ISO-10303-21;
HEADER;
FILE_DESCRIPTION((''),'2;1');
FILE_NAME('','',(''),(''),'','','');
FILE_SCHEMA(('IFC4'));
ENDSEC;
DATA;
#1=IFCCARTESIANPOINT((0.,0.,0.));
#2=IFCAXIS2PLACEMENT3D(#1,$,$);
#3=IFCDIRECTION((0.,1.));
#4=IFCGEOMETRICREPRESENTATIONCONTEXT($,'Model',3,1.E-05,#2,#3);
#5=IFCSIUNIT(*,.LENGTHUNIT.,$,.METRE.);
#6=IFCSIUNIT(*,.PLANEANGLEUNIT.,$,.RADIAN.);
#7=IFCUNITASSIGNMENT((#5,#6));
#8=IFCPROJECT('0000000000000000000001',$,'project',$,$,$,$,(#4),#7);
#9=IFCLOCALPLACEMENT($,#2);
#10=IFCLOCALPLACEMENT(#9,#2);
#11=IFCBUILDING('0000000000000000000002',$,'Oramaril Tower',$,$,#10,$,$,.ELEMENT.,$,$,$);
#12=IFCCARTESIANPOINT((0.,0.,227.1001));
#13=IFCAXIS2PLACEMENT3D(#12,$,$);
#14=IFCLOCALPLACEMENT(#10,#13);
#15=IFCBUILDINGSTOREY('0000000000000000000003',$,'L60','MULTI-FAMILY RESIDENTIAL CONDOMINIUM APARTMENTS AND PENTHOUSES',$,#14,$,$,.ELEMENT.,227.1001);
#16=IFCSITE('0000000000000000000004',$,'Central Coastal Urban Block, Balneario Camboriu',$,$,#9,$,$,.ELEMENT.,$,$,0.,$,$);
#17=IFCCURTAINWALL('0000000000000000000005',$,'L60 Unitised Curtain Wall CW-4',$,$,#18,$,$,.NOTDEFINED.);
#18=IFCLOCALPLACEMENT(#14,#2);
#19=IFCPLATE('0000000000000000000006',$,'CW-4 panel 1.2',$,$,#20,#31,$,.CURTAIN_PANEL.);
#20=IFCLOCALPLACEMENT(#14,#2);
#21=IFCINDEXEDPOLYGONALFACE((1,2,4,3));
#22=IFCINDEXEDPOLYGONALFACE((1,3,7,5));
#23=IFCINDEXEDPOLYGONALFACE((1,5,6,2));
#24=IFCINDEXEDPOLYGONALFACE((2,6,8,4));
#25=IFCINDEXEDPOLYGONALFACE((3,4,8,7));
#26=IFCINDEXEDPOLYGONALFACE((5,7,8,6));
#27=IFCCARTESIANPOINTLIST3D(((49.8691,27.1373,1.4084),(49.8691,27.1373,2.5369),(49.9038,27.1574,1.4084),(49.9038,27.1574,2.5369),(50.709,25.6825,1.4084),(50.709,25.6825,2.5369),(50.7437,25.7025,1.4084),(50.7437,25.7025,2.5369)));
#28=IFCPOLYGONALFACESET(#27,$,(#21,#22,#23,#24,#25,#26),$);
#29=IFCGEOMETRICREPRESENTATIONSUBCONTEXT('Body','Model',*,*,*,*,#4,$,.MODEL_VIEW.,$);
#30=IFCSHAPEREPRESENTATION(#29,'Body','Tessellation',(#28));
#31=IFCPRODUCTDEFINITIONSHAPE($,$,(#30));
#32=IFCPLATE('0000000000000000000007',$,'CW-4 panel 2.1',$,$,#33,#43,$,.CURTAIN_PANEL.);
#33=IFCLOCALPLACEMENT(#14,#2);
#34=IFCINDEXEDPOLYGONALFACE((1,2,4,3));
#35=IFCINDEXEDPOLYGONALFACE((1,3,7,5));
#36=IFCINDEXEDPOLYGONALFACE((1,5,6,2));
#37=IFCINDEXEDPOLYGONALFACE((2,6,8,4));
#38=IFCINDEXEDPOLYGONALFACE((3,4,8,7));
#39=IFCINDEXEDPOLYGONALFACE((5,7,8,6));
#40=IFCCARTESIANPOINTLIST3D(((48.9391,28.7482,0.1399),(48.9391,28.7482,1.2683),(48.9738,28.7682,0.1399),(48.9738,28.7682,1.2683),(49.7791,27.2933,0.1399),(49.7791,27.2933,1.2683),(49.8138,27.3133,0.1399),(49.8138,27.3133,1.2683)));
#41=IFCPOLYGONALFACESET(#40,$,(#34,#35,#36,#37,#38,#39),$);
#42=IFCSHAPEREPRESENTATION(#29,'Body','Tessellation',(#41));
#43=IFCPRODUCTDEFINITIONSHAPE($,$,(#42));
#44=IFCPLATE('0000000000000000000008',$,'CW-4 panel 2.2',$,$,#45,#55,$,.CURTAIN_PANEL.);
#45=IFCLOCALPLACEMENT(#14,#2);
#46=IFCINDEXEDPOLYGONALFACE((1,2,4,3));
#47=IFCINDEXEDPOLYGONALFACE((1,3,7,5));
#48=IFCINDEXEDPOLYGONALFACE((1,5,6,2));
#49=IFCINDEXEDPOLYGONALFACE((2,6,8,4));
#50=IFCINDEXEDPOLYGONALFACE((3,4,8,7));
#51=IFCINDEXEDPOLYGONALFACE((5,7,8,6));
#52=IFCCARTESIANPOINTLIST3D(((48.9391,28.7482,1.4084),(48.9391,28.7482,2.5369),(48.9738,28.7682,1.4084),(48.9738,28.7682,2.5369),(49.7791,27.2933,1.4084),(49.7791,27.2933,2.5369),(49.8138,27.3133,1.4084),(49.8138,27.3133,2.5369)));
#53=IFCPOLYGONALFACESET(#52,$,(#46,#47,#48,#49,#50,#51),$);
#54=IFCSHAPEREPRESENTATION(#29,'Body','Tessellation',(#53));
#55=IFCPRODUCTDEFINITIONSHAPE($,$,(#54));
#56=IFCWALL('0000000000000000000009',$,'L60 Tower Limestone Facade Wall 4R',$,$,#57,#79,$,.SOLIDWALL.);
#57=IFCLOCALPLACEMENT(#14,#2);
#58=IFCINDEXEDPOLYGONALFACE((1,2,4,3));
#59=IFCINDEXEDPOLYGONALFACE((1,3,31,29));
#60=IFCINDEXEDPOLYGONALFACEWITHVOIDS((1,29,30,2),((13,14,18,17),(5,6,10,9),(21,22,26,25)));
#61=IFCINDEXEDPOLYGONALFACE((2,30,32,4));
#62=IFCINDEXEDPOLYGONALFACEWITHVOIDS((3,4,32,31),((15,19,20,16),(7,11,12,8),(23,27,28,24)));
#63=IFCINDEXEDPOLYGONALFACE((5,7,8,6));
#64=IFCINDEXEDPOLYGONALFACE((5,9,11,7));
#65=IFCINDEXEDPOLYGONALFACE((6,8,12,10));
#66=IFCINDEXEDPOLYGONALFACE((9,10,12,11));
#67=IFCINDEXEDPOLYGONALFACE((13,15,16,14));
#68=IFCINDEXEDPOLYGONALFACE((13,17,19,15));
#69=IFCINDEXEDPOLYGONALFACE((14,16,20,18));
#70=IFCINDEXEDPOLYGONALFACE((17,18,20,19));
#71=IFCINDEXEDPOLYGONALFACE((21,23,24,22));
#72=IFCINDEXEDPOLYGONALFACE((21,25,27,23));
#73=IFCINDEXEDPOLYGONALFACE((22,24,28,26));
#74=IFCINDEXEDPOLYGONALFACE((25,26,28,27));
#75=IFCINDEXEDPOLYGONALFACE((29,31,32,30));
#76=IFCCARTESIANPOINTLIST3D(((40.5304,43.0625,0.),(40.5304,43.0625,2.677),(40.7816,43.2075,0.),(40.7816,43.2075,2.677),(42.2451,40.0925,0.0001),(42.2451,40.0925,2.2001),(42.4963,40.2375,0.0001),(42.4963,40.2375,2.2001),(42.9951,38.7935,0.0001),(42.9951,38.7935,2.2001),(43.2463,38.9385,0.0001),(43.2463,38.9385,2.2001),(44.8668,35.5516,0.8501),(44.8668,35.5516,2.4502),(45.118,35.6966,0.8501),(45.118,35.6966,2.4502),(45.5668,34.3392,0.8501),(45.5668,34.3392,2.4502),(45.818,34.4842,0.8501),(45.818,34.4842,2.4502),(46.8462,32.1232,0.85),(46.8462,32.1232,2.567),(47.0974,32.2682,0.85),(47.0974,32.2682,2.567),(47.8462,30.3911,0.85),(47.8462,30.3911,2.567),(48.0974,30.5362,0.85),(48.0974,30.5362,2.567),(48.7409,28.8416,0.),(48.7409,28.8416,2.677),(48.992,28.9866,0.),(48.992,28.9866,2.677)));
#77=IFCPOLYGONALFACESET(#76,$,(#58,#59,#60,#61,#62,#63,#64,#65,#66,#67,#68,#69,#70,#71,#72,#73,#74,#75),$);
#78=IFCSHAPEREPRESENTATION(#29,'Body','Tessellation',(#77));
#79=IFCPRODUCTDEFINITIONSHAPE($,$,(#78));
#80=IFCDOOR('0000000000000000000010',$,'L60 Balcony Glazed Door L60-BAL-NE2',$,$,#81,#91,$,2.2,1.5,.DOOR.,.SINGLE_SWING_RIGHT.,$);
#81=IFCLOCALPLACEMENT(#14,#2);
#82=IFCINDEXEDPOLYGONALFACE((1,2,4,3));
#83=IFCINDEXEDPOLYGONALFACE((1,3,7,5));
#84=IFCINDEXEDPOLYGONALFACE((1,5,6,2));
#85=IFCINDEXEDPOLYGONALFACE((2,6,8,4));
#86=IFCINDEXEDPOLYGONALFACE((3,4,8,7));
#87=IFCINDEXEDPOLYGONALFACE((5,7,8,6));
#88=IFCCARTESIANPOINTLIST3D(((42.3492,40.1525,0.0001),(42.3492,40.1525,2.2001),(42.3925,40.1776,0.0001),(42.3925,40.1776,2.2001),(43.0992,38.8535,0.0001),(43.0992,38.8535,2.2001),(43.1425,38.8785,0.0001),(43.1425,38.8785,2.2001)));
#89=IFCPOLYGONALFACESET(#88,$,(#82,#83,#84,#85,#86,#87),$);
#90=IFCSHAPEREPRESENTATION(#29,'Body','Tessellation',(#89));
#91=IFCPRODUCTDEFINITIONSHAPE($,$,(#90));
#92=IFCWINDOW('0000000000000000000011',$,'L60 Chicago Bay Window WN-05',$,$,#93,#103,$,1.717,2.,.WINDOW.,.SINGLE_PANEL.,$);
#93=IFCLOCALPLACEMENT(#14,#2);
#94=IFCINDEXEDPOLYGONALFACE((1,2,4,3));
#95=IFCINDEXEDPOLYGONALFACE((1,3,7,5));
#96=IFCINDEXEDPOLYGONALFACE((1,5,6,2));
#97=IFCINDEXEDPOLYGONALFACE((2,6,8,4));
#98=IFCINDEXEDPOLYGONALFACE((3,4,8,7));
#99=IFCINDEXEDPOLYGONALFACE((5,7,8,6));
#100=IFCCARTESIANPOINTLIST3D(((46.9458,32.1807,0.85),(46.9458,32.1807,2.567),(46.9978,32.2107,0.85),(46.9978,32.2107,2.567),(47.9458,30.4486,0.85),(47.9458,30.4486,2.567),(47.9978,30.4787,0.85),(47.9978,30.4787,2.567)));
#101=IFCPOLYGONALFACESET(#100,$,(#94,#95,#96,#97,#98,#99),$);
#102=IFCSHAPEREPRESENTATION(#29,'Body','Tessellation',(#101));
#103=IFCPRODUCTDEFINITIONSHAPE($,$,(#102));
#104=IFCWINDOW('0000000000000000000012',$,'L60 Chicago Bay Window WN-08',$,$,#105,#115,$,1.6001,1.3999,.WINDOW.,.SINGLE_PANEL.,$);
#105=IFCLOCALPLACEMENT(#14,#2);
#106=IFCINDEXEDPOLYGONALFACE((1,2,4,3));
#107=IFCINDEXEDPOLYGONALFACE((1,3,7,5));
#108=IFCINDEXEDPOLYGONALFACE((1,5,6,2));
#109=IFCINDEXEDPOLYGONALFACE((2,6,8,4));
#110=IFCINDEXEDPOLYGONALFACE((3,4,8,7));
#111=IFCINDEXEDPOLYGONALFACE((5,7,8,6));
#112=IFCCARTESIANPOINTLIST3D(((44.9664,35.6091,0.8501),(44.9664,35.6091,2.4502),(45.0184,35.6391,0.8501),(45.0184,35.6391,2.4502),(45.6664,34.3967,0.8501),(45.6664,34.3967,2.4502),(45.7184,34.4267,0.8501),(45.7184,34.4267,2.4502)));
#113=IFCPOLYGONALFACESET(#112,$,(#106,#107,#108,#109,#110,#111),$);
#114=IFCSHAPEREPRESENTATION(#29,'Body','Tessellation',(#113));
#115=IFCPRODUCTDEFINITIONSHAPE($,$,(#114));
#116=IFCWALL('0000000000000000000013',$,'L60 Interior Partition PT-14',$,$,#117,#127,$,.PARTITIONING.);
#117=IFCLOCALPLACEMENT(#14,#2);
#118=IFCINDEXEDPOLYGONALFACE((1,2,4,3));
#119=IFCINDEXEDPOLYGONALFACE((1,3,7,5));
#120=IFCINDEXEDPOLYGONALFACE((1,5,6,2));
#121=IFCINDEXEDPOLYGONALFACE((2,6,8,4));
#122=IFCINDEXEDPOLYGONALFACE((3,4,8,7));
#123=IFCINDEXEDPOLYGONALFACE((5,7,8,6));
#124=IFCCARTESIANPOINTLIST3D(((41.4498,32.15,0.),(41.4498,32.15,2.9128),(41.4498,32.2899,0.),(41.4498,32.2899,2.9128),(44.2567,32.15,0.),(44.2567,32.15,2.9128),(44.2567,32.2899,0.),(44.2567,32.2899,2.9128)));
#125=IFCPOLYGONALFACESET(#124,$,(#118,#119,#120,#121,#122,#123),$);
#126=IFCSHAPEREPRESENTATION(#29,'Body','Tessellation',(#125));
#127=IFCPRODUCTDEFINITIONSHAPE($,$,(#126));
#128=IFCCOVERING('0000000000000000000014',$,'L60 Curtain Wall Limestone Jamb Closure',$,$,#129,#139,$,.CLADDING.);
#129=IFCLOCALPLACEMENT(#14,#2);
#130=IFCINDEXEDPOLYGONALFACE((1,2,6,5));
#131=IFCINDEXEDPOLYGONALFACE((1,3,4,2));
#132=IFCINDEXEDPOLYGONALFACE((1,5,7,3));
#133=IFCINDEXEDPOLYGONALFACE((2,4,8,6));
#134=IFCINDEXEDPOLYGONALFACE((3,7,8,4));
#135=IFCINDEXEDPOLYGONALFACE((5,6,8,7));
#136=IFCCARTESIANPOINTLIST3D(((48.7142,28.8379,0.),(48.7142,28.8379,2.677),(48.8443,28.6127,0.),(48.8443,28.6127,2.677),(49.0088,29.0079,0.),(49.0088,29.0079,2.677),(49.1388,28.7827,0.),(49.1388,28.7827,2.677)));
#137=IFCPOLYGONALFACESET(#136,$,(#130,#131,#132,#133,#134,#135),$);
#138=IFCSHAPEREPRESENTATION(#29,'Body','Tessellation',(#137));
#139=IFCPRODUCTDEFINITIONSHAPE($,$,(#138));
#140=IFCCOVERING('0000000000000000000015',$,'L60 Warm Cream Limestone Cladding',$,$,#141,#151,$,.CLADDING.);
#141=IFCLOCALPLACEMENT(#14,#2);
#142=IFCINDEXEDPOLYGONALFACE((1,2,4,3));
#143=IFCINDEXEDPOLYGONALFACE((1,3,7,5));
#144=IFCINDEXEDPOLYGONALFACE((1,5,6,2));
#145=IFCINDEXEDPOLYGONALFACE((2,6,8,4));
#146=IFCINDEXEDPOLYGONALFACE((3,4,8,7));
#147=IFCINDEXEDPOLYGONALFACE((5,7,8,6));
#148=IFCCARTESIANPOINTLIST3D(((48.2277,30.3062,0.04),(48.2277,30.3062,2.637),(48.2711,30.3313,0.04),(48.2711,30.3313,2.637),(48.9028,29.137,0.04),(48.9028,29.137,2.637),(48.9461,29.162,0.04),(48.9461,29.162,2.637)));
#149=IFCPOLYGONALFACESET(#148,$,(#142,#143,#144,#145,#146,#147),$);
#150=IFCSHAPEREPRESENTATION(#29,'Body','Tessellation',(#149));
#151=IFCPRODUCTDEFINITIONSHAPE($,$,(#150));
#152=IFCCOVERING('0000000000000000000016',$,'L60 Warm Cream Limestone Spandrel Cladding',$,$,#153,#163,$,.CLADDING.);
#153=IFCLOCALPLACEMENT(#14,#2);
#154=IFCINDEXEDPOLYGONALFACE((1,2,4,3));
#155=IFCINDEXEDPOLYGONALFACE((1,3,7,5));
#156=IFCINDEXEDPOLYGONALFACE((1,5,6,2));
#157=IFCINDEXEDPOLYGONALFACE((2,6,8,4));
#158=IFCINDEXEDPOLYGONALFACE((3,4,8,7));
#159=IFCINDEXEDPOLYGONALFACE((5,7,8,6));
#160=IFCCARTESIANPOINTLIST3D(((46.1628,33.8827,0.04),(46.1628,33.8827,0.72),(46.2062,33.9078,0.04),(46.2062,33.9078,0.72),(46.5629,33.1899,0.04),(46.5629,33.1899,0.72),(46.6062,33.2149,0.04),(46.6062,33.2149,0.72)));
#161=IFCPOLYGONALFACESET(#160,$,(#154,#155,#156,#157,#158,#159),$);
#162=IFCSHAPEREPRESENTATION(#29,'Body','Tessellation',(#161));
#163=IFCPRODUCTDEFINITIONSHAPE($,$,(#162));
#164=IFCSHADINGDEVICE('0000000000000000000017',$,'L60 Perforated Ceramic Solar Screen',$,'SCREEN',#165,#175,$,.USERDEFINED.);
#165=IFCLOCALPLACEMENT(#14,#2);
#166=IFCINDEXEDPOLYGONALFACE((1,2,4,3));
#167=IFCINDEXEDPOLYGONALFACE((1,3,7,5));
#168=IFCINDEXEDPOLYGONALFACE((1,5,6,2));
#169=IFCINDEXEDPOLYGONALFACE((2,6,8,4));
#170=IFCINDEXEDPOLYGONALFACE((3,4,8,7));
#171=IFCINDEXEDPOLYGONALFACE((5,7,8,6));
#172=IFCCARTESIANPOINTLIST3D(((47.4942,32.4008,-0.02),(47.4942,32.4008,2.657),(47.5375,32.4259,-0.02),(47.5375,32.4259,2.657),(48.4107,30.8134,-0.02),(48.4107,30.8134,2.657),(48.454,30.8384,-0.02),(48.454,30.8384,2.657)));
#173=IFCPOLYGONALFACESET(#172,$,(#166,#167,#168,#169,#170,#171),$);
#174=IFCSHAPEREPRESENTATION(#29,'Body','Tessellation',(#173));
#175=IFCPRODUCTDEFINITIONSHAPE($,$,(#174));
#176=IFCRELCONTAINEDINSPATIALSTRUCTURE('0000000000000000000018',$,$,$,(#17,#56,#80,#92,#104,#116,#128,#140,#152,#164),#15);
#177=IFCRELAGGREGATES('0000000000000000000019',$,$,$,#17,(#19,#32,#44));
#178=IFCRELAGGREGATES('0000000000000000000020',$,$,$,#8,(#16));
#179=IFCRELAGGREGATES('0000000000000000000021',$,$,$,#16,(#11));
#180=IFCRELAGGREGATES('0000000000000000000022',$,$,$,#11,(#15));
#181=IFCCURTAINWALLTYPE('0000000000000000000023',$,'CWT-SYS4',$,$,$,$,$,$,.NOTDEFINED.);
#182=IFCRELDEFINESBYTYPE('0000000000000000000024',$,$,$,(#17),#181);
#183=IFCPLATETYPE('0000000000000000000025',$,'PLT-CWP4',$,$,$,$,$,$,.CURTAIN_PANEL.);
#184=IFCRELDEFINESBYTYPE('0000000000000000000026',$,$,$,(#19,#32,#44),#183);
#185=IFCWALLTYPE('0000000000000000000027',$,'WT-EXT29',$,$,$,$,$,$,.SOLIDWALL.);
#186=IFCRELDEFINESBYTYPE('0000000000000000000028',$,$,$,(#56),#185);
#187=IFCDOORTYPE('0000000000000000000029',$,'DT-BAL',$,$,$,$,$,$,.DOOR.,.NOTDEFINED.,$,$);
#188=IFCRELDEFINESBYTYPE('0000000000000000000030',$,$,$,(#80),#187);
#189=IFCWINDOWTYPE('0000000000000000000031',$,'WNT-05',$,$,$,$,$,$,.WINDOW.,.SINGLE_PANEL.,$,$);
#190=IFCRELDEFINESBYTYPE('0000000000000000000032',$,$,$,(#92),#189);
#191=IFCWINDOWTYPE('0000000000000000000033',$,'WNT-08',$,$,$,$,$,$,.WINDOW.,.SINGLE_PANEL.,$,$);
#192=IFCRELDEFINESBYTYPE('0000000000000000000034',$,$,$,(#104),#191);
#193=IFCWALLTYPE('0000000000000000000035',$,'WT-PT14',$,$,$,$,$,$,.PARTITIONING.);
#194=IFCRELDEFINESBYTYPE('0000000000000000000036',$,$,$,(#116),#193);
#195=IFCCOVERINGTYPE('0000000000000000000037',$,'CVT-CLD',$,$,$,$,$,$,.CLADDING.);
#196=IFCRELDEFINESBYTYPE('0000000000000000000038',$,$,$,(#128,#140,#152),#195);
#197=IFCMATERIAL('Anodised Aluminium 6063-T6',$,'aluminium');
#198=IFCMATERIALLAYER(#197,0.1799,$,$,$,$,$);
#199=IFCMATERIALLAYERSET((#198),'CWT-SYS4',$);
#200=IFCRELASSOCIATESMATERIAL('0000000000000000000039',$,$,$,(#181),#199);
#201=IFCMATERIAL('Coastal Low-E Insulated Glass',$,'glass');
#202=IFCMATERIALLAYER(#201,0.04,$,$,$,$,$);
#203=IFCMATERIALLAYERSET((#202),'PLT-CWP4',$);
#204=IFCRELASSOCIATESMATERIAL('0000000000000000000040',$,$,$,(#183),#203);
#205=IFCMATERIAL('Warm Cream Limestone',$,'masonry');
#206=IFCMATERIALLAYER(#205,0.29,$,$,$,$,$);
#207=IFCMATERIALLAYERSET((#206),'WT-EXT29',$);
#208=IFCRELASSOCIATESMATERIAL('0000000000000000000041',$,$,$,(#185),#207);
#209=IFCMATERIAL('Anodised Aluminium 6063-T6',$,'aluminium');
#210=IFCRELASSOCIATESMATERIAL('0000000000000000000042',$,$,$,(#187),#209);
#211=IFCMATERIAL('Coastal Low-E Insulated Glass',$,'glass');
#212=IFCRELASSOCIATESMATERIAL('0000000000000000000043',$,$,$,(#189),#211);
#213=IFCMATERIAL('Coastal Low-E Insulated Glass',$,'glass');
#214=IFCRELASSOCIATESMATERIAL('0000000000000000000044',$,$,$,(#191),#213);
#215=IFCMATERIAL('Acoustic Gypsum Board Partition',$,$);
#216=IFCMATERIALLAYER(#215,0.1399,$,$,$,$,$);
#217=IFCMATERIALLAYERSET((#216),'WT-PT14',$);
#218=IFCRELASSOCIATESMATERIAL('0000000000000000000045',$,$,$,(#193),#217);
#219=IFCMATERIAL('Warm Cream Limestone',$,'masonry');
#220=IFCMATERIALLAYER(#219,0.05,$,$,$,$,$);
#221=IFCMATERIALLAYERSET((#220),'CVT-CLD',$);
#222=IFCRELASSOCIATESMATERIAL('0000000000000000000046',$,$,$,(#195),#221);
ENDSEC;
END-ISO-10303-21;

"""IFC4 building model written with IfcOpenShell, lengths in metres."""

from ifc_helpers import new_model, si_unit, direction, frame, frame_2d, origin, origin_2d, place, context, subcontext, project, spatial, rectangle, extrude, material, layer, layer_set, type_object, element, fill, aggregate, save


model = new_model("IFC4")

# Units and contexts
model_context = context("Model", 3, precision=1e-05, world=origin(), true_north=direction((0.0, 1.0)))
body_context = subcontext(model_context, "Body", "Model", "MODEL_VIEW")
ifc_project = project(units=[si_unit("LENGTHUNIT", "METRE"), si_unit("PLANEANGLEUNIT", "RADIAN")], contexts=[model_context])

# Site, building, storey
site_placement = place(None, origin())
site = spatial("IfcSite", under=ifc_project, at=site_placement, Name="Central Coastal Urban Block, Balneario Camboriu", CompositionType="ELEMENT", RefElevation=0.0)
building_placement = place(site_placement, origin())
building = spatial("IfcBuilding", under=site, at=building_placement, Name="Oramaril Tower", CompositionType="ELEMENT")
storey_placement = place(building_placement, frame((0.0, 0.0, 227.1001)))
storey = spatial("IfcBuildingStorey", under=building, at=storey_placement, Name="L60", Description="MULTI-FAMILY RESIDENTIAL CONDOMINIUM APARTMENTS AND PENTHOUSES", CompositionType="ELEMENT", Elevation=227.1001)

# Curtain wall, plates
ifc_material_1 = material(Name="Anodised Aluminium 6063-T6", Category="aluminium")
ifc_layer_1 = layer(ifc_material_1, 0.1799)
ifc_layer_set_1 = layer_set([ifc_layer_1], Name="CWT-SYS4")
curtain_wall_type = type_object("IfcCurtainWallType", Name="CWT-SYS4", PredefinedType="NOTDEFINED", material=ifc_layer_set_1)
curtain_wall_placement = place(storey_placement, origin())
curtain_wall = element("IfcCurtainWall", 1, at=curtain_wall_placement, inside=storey, type_object=curtain_wall_type, Name="L60 Unitised Curtain Wall CW-4", PredefinedType="NOTDEFINED")
ifc_material_2 = material(Name="Coastal Low-E Insulated Glass", Category="glass")
ifc_layer_2 = layer(ifc_material_2, 0.04)
ifc_layer_set_2 = layer_set([ifc_layer_2], Name="PLT-CWP4")
plate_type = type_object("IfcPlateType", Name="PLT-CWP4", PredefinedType="CURTAIN_PANEL", material=ifc_layer_set_2)
plate_1_placement = place(storey_placement, frame((50.3064, 26.4199, 1.4084), z_axis=(0.0, 0.0, 1.0), x_axis=(-0.5, 0.866025, 0.0)))
plate_1 = element("IfcPlate", 2, at=plate_1_placement, type_object=plate_type, Name="CW-4 panel 1.2", PredefinedType="CURTAIN_PANEL", context=body_context, shape_type="SweptSolid", body=[
    extrude(rectangle(XDim=1.6799, YDim=0.04, at=origin_2d()), origin(), (0.0, 0.0, 1.0), 1.1284),
])
plate_2_placement = place(storey_placement, frame((49.3765, 28.0308, 0.1399), z_axis=(0.0, 0.0, 1.0), x_axis=(-0.5, 0.866025, 0.0)))
plate_2 = element("IfcPlate", 3, at=plate_2_placement, type_object=plate_type, Name="CW-4 panel 2.1", PredefinedType="CURTAIN_PANEL", context=body_context, shape_type="SweptSolid", body=[
    extrude(rectangle(XDim=1.6799, YDim=0.04, at=origin_2d()), origin(), (0.0, 0.0, 1.0), 1.1284),
])
plate_3_placement = place(storey_placement, frame((49.3765, 28.0308, 1.4084), z_axis=(0.0, 0.0, 1.0), x_axis=(-0.5, 0.866025, 0.0)))
plate_3 = element("IfcPlate", 4, at=plate_3_placement, type_object=plate_type, Name="CW-4 panel 2.2", PredefinedType="CURTAIN_PANEL", context=body_context, shape_type="SweptSolid", body=[
    extrude(rectangle(XDim=1.6799, YDim=0.04, at=origin_2d()), origin(), (0.0, 0.0, 1.0), 1.1284),
])
aggregate(curtain_wall, [plate_1, plate_2, plate_3])

# Wall, openings, door, windows
ifc_material_3 = material(Name="Warm Cream Limestone", Category="masonry")
ifc_layer_3 = layer(ifc_material_3, 0.29)
ifc_layer_set_3 = layer_set([ifc_layer_3], Name="WT-EXT29")
wall_type_1 = type_object("IfcWallType", Name="WT-EXT29", PredefinedType="SOLIDWALL", material=ifc_layer_set_3)
wall_1_placement = place(storey_placement, frame((48.8665, 28.9141, 0.0), z_axis=(0.0, 0.0, 1.0), x_axis=(-0.499999, 0.866026, 0.0)))
wall_1 = element("IfcWall", 5, at=wall_1_placement, inside=storey, type_object=wall_type_1, Name="L60 Tower Limestone Facade Wall 4R", PredefinedType="SOLIDWALL", context=body_context, shape_type="SweptSolid", body=[
    extrude(rectangle(XDim=16.4209, YDim=0.29, at=frame_2d((8.2104, 0.0))), origin(), (0.0, 0.0, 1.0), 2.677),
])
opening_1_placement = place(wall_1_placement, frame((11.4915, 0.0, 0.0)))
opening_1 = element("IfcOpeningElement", 6, at=opening_1_placement, cuts=wall_1, PredefinedType="OPENING", context=body_context, shape_type="SweptSolid", body=[
    extrude(rectangle(XDim=1.5, YDim=2.2, at=frame_2d((0.75, 1.1001))), frame((0.0, 0.145, 0.0), z_axis=(0.0, -1.0, 0.0), x_axis=(1.0, 0.0, 0.0)), (0.0, 0.0, 1.0), 0.29),
])
opening_2_placement = place(wall_1_placement, frame((1.7893, 0.0, 0.8501)))
opening_2 = element("IfcOpeningElement", 7, at=opening_2_placement, cuts=wall_1, PredefinedType="OPENING", context=body_context, shape_type="SweptSolid", body=[
    extrude(rectangle(XDim=2.0, YDim=1.717, at=frame_2d((1.0, 0.8584))), frame((0.0, 0.145, 0.0), z_axis=(0.0, -1.0, 0.0), x_axis=(1.0, 0.0, 0.0)), (0.0, 0.0, 1.0), 0.29),
])
opening_3_placement = place(wall_1_placement, frame((6.3481, 0.0, 0.8501)))
opening_3 = element("IfcOpeningElement", 8, at=opening_3_placement, cuts=wall_1, PredefinedType="OPENING", context=body_context, shape_type="SweptSolid", body=[
    extrude(rectangle(XDim=1.3999, YDim=1.6001, at=frame_2d((0.7, 0.8))), frame((0.0, 0.145, 0.0), z_axis=(0.0, -1.0, 0.0), x_axis=(1.0, 0.0, 0.0)), (0.0, 0.0, 1.0), 0.29),
])
ifc_material_4 = material(Name="Anodised Aluminium 6063-T6", Category="aluminium")
door_type = type_object("IfcDoorType", Name="DT-BAL", OperationType="NOTDEFINED", PredefinedType="DOOR", material=ifc_material_4)
door_placement = place(opening_1_placement, origin())
door = element("IfcDoor", 9, at=door_placement, inside=storey, type_object=door_type, Name="L60 Balcony Glazed Door L60-BAL-NE2", OperationType="SINGLE_SWING_RIGHT", OverallHeight=2.2, OverallWidth=1.5, PredefinedType="DOOR", context=body_context, shape_type="SweptSolid", body=[
    extrude(rectangle(XDim=1.5, YDim=2.2, at=frame_2d((0.75, 1.1001))), frame((0.0, 0.0249, 0.0), z_axis=(0.0, -1.0, 0.0), x_axis=(1.0, 0.0, 0.0)), (0.0, 0.0, 1.0), 0.05),
])
fill(opening_1, door)
ifc_material_5 = material(Name="Coastal Low-E Insulated Glass", Category="glass")
window_type_1 = type_object("IfcWindowType", Name="WNT-05", PartitioningType="SINGLE_PANEL", PredefinedType="WINDOW", material=ifc_material_5)
window_1_placement = place(opening_2_placement, origin())
window_1 = element("IfcWindow", 10, at=window_1_placement, inside=storey, type_object=window_type_1, Name="L60 Chicago Bay Window WN-05", OverallHeight=1.717, OverallWidth=2.0, PartitioningType="SINGLE_PANEL", PredefinedType="WINDOW", context=body_context, shape_type="SweptSolid", body=[
    extrude(rectangle(XDim=2.0, YDim=1.717, at=frame_2d((1.0, 0.8584))), frame((0.0, 0.03, 0.0), z_axis=(0.0, -1.0, 0.0), x_axis=(1.0, 0.0, 0.0)), (0.0, 0.0, 1.0), 0.0601),
])
fill(opening_2, window_1)
ifc_material_6 = material(Name="Coastal Low-E Insulated Glass", Category="glass")
window_type_2 = type_object("IfcWindowType", Name="WNT-08", PartitioningType="SINGLE_PANEL", PredefinedType="WINDOW", material=ifc_material_6)
window_2_placement = place(opening_3_placement, origin())
window_2 = element("IfcWindow", 11, at=window_2_placement, inside=storey, type_object=window_type_2, Name="L60 Chicago Bay Window WN-08", OverallHeight=1.6001, OverallWidth=1.3999, PartitioningType="SINGLE_PANEL", PredefinedType="WINDOW", context=body_context, shape_type="SweptSolid", body=[
    extrude(rectangle(XDim=1.3999, YDim=1.6001, at=frame_2d((0.7, 0.8))), frame((0.0, 0.03, 0.0), z_axis=(0.0, -1.0, 0.0), x_axis=(1.0, 0.0, 0.0)), (0.0, 0.0, 1.0), 0.0601),
])
fill(opening_3, window_2)

# Wall
ifc_material_7 = material(Name="Acoustic Gypsum Board Partition")
ifc_layer_4 = layer(ifc_material_7, 0.1399)
ifc_layer_set_4 = layer_set([ifc_layer_4], Name="WT-PT14")
wall_type_2 = type_object("IfcWallType", Name="WT-PT14", PredefinedType="PARTITIONING", material=ifc_layer_set_4)
wall_2_placement = place(storey_placement, frame((41.45, 32.22, 0.0), z_axis=(0.0, 0.0, 1.0), x_axis=(1.0, 0.0, 0.0)))
element("IfcWall", 12, at=wall_2_placement, inside=storey, type_object=wall_type_2, Name="L60 Interior Partition PT-14", PredefinedType="PARTITIONING", context=body_context, shape_type="SweptSolid", body=[
    extrude(rectangle(XDim=2.8069, YDim=0.1399, at=frame_2d((1.4033, 0.0))), origin(), (0.0, 0.0, 1.0), 2.9128),
])

# Coverings
ifc_material_8 = material(Name="Warm Cream Limestone", Category="masonry")
ifc_layer_5 = layer(ifc_material_8, 0.05)
ifc_layer_set_5 = layer_set([ifc_layer_5], Name="CVT-CLD")
covering_type = type_object("IfcCoveringType", Name="CVT-CLD", PredefinedType="CLADDING", material=ifc_layer_set_5)
covering_1_placement = place(storey_placement, frame((48.9265, 28.8103, 0.0), z_axis=(0.0, 0.0, 1.0), x_axis=(-0.5, 0.866025, 0.0)))
element("IfcCovering", 13, at=covering_1_placement, inside=storey, type_object=covering_type, Name="L60 Curtain Wall Limestone Jamb Closure", PredefinedType="CLADDING", context=body_context, shape_type="SweptSolid", body=[
    extrude(rectangle(XDim=0.26, YDim=0.3401, at=origin_2d()), origin(), (0.0, 0.0, 1.0), 2.677),
])
covering_2_placement = place(storey_placement, frame((48.5869, 29.7341, 0.04), z_axis=(0.0, 0.0, 1.0), x_axis=(-0.499998, 0.866026, 0.0)))
element("IfcCovering", 14, at=covering_2_placement, inside=storey, type_object=covering_type, Name="L60 Warm Cream Limestone Cladding", PredefinedType="CLADDING", context=body_context, shape_type="SweptSolid", body=[
    extrude(rectangle(XDim=1.3501, YDim=0.05, at=origin_2d()), origin(), (0.0, 0.0, 1.0), 2.5969),
])
covering_3_placement = place(storey_placement, frame((46.3845, 33.5488, 0.04), z_axis=(0.0, 0.0, 1.0), x_axis=(-0.499998, 0.866026, 0.0)))
element("IfcCovering", 15, at=covering_3_placement, inside=storey, type_object=covering_type, Name="L60 Warm Cream Limestone Spandrel Cladding", PredefinedType="CLADDING", context=body_context, shape_type="SweptSolid", body=[
    extrude(rectangle(XDim=0.8, YDim=0.05, at=origin_2d()), origin(), (0.0, 0.0, 1.0), 0.6799),
])

# Shading device
for number, where, z_axis, x_axis, name in (
    (16, (47.9741, 31.6196, -0.02), (0.0, 0.0, 1.0), (-0.499995, 0.866028, 0.0), "L60 Perforated Ceramic Solar Screen"),
):
    element("IfcShadingDevice", number, at=place(storey_placement, frame(where, z_axis=z_axis, x_axis=x_axis)), inside=storey, Name=name, ObjectType="SCREEN", PredefinedType="USERDEFINED", context=body_context, shape_type="SweptSolid", body=[
        extrude(rectangle(XDim=1.833, YDim=0.05, at=origin_2d()), origin(), (0.0, 0.0, 1.0), 2.677),
    ])

save(model, "model.ifc")
